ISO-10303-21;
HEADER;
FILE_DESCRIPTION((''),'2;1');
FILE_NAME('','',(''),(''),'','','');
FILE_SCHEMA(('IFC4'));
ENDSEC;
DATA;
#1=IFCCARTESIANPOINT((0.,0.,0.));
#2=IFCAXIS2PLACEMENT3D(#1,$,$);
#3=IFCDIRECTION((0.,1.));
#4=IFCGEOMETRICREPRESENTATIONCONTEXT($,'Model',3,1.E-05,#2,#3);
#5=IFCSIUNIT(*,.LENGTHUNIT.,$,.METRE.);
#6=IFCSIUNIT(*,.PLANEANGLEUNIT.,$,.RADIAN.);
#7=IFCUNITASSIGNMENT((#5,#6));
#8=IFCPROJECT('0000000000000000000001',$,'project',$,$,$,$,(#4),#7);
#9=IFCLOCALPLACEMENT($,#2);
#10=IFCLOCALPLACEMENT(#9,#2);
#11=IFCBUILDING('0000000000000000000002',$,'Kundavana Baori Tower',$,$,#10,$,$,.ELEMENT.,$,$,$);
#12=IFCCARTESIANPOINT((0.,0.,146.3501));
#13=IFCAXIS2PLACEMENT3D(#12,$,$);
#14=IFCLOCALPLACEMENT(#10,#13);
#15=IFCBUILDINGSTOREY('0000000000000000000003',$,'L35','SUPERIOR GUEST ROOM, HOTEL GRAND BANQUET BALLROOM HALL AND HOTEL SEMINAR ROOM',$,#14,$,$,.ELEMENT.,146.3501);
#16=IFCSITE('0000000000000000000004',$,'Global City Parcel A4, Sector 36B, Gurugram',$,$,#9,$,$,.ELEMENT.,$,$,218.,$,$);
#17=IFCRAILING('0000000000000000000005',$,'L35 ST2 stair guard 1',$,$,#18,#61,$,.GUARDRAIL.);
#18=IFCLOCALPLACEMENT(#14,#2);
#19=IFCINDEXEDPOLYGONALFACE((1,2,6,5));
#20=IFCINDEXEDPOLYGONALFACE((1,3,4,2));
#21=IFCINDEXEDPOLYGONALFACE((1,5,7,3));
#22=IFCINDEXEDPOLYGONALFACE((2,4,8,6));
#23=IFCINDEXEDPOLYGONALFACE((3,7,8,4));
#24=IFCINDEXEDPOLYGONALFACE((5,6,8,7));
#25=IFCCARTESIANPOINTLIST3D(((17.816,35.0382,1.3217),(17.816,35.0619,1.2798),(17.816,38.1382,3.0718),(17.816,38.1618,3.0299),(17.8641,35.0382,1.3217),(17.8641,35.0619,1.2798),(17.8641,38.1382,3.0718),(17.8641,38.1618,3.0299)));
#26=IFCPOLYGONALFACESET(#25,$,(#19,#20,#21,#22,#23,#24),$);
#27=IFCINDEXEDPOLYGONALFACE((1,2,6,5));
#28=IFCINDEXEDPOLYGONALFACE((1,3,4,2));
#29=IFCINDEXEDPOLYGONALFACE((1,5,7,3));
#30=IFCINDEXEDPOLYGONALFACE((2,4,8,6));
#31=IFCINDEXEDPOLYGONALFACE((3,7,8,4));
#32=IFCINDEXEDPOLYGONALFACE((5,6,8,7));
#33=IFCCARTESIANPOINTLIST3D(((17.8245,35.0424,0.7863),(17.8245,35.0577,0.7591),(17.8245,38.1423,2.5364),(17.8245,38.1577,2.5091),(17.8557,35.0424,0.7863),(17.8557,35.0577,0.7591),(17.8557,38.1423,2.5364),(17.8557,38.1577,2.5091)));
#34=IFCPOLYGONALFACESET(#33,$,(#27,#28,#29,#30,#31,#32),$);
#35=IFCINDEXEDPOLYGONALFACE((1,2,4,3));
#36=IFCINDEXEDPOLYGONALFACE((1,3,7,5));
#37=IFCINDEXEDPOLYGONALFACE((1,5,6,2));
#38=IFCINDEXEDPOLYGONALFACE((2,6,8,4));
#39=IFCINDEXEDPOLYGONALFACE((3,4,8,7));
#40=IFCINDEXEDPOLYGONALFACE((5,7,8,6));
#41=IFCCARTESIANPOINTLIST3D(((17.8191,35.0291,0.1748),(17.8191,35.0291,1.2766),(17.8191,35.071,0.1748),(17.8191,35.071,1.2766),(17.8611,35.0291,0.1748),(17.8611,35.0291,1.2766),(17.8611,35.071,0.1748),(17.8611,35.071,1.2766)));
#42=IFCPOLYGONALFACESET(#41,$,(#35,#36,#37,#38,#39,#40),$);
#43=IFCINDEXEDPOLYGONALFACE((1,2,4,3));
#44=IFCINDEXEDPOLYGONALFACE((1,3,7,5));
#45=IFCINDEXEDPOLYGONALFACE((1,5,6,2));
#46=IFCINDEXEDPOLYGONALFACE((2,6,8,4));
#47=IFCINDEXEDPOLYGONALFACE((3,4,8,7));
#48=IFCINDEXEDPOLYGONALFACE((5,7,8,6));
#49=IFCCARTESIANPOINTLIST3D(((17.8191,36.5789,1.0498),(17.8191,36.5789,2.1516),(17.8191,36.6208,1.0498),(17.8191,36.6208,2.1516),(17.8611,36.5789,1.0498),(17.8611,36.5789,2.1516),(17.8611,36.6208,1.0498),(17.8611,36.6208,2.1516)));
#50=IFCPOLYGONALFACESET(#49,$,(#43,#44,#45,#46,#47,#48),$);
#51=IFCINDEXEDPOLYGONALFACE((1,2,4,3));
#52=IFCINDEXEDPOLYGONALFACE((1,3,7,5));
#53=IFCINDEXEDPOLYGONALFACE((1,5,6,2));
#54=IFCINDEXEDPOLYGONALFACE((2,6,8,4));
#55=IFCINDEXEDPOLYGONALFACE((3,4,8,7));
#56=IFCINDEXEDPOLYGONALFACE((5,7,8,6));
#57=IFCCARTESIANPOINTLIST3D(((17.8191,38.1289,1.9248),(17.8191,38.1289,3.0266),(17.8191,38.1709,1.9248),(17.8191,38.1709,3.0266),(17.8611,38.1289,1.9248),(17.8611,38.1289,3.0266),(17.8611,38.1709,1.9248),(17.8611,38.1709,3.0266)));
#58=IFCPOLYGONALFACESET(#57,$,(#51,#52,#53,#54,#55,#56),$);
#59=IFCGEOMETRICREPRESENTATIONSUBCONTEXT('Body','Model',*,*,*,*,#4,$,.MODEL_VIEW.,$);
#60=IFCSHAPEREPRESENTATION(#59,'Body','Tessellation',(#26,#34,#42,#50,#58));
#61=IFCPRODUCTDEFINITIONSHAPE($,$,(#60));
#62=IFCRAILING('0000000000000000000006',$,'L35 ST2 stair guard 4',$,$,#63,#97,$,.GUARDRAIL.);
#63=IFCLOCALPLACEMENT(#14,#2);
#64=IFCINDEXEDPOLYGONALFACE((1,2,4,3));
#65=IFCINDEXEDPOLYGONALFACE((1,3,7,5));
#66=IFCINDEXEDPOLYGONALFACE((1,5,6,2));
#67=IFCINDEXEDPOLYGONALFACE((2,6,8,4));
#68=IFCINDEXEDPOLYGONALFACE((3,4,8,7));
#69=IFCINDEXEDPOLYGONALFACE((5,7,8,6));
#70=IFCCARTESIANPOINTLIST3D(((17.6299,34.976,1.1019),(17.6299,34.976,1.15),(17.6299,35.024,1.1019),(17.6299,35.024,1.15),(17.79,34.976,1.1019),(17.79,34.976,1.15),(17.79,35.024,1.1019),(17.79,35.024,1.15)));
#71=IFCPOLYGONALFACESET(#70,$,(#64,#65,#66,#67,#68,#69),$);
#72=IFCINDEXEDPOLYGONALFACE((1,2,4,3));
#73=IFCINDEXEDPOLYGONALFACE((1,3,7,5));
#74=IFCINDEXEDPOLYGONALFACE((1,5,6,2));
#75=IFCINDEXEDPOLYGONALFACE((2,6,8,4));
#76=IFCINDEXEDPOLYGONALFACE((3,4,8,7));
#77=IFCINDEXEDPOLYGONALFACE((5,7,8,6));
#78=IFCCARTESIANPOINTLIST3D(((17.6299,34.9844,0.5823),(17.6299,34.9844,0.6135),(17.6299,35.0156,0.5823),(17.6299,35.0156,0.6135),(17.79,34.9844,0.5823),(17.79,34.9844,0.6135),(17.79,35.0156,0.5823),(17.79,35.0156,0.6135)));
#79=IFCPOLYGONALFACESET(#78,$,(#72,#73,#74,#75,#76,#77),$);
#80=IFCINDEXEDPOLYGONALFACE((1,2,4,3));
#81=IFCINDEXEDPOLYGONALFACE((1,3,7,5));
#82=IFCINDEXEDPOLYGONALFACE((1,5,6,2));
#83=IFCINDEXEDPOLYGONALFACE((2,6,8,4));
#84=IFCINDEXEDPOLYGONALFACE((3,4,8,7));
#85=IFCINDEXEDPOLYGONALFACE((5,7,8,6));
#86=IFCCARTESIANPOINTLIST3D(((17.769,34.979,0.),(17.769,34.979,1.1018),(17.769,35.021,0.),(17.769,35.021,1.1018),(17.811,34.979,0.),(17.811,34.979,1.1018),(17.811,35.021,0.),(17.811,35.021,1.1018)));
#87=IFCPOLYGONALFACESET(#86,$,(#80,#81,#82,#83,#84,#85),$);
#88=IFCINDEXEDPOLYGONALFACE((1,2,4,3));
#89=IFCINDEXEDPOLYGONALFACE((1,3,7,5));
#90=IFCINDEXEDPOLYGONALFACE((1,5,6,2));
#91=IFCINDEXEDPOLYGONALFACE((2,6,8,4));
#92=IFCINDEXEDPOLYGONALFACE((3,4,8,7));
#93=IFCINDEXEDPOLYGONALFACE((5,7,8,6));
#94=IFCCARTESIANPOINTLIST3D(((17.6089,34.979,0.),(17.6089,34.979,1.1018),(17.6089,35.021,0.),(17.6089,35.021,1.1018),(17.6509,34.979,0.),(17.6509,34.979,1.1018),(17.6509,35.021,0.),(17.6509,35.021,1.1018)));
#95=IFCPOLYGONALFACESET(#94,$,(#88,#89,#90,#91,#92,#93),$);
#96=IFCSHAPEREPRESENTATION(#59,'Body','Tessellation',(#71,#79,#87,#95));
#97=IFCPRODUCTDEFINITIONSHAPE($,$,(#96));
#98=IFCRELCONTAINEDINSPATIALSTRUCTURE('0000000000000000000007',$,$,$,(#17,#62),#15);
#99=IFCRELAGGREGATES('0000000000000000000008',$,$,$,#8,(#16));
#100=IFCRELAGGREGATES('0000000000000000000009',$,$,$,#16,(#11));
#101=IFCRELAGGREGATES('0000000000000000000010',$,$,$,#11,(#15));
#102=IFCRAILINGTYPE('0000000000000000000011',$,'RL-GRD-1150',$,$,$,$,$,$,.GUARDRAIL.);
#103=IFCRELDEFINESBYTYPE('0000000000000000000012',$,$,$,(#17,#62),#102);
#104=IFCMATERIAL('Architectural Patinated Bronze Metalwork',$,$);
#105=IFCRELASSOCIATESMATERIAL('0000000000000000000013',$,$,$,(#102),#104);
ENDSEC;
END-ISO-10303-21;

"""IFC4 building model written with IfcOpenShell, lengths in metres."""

from ifc_helpers import new_model, si_unit, direction, frame, origin, origin_2d, place, context, subcontext, project, spatial, rectangle, extrude, material, type_object, element, save


model = new_model("IFC4")

# Units and contexts
model_context = context("Model", 3, precision=1e-05, world=origin(), true_north=direction((0.0, 1.0)))
body_context = subcontext(model_context, "Body", "Model", "MODEL_VIEW")
ifc_project = project(units=[si_unit("LENGTHUNIT", "METRE"), si_unit("PLANEANGLEUNIT", "RADIAN")], contexts=[model_context])

# Site, building, storey
site_placement = place(None, origin())
site = spatial("IfcSite", under=ifc_project, at=site_placement, Name="Global City Parcel A4, Sector 36B, Gurugram", CompositionType="ELEMENT", RefElevation=218.0)
building_placement = place(site_placement, origin())
building = spatial("IfcBuilding", under=site, at=building_placement, Name="Kundavana Baori Tower", CompositionType="ELEMENT")
storey_placement = place(building_placement, frame((0.0, 0.0, 146.3501)))
storey = spatial("IfcBuildingStorey", under=building, at=storey_placement, Name="L35", Description="SUPERIOR GUEST ROOM, HOTEL GRAND BANQUET BALLROOM HALL AND HOTEL SEMINAR ROOM", CompositionType="ELEMENT", Elevation=146.3501)

# Railings
ifc_material_1 = material(Name="Architectural Patinated Bronze Metalwork")
railing_type = type_object("IfcRailingType", Name="RL-GRD-1150", PredefinedType="GUARDRAIL", material=ifc_material_1)
railing_1_placement = place(storey_placement, frame((17.8401, 35.05, 0.1748)))
element("IfcRailing", 1, at=railing_1_placement, inside=storey, type_object=railing_type, Name="L35 ST2 stair guard 1", PredefinedType="GUARDRAIL", context=body_context, shape_type="SweptSolid", body=[
    extrude(rectangle(XDim=0.0481, YDim=0.0481, at=origin_2d()), frame((0.0, 0.0, 1.126), z_axis=(0.0, 0.870814, 0.491612), x_axis=(-1.0, 0.0, 0.0)), (0.0, 0.0, 1.0), 3.5598),
    extrude(rectangle(XDim=0.0312, YDim=0.0312, at=origin_2d()), frame((0.0, 0.0, 0.5979), z_axis=(0.0, 0.870814, 0.491612), x_axis=(-1.0, 0.0, 0.0)), (0.0, 0.0, 1.0), 3.5598),
    extrude(rectangle(XDim=0.042, YDim=0.042, at=origin_2d()), origin(), (0.0, 0.0, 1.0), 1.1018),
    extrude(rectangle(XDim=0.042, YDim=0.042, at=origin_2d()), frame((0.0, 1.5498, 0.875)), (0.0, 0.0, 1.0), 1.1018),
    extrude(rectangle(XDim=0.042, YDim=0.042, at=origin_2d()), frame((0.0, 3.0999, 1.75)), (0.0, 0.0, 1.0), 1.1018),
])
railing_2_placement = place(storey_placement, frame((17.79, 35.0, 0.0)))
element("IfcRailing", 2, at=railing_2_placement, inside=storey, type_object=railing_type, Name="L35 ST2 stair guard 4", PredefinedType="GUARDRAIL", context=body_context, shape_type="SweptSolid", body=[
    extrude(rectangle(XDim=0.0481, YDim=0.0481, at=origin_2d()), frame((0.0, 0.0, 1.126), z_axis=(-1.0, 0.0, 0.0), x_axis=(0.0, -1.0, 0.0)), (0.0, 0.0, 1.0), 0.1602),
    extrude(rectangle(XDim=0.0312, YDim=0.0312, at=origin_2d()), frame((0.0, 0.0, 0.5979), z_axis=(-1.0, 0.0, 0.0), x_axis=(0.0, -1.0, 0.0)), (0.0, 0.0, 1.0), 0.1602),
    extrude(rectangle(XDim=0.042, YDim=0.042, at=origin_2d()), origin(), (0.0, 0.0, 1.0), 1.1018),
    extrude(rectangle(XDim=0.042, YDim=0.042, at=origin_2d()), frame((-0.1602, 0.0, 0.0)), (0.0, 0.0, 1.0), 1.1018),
])

save(model, "model.ifc")
